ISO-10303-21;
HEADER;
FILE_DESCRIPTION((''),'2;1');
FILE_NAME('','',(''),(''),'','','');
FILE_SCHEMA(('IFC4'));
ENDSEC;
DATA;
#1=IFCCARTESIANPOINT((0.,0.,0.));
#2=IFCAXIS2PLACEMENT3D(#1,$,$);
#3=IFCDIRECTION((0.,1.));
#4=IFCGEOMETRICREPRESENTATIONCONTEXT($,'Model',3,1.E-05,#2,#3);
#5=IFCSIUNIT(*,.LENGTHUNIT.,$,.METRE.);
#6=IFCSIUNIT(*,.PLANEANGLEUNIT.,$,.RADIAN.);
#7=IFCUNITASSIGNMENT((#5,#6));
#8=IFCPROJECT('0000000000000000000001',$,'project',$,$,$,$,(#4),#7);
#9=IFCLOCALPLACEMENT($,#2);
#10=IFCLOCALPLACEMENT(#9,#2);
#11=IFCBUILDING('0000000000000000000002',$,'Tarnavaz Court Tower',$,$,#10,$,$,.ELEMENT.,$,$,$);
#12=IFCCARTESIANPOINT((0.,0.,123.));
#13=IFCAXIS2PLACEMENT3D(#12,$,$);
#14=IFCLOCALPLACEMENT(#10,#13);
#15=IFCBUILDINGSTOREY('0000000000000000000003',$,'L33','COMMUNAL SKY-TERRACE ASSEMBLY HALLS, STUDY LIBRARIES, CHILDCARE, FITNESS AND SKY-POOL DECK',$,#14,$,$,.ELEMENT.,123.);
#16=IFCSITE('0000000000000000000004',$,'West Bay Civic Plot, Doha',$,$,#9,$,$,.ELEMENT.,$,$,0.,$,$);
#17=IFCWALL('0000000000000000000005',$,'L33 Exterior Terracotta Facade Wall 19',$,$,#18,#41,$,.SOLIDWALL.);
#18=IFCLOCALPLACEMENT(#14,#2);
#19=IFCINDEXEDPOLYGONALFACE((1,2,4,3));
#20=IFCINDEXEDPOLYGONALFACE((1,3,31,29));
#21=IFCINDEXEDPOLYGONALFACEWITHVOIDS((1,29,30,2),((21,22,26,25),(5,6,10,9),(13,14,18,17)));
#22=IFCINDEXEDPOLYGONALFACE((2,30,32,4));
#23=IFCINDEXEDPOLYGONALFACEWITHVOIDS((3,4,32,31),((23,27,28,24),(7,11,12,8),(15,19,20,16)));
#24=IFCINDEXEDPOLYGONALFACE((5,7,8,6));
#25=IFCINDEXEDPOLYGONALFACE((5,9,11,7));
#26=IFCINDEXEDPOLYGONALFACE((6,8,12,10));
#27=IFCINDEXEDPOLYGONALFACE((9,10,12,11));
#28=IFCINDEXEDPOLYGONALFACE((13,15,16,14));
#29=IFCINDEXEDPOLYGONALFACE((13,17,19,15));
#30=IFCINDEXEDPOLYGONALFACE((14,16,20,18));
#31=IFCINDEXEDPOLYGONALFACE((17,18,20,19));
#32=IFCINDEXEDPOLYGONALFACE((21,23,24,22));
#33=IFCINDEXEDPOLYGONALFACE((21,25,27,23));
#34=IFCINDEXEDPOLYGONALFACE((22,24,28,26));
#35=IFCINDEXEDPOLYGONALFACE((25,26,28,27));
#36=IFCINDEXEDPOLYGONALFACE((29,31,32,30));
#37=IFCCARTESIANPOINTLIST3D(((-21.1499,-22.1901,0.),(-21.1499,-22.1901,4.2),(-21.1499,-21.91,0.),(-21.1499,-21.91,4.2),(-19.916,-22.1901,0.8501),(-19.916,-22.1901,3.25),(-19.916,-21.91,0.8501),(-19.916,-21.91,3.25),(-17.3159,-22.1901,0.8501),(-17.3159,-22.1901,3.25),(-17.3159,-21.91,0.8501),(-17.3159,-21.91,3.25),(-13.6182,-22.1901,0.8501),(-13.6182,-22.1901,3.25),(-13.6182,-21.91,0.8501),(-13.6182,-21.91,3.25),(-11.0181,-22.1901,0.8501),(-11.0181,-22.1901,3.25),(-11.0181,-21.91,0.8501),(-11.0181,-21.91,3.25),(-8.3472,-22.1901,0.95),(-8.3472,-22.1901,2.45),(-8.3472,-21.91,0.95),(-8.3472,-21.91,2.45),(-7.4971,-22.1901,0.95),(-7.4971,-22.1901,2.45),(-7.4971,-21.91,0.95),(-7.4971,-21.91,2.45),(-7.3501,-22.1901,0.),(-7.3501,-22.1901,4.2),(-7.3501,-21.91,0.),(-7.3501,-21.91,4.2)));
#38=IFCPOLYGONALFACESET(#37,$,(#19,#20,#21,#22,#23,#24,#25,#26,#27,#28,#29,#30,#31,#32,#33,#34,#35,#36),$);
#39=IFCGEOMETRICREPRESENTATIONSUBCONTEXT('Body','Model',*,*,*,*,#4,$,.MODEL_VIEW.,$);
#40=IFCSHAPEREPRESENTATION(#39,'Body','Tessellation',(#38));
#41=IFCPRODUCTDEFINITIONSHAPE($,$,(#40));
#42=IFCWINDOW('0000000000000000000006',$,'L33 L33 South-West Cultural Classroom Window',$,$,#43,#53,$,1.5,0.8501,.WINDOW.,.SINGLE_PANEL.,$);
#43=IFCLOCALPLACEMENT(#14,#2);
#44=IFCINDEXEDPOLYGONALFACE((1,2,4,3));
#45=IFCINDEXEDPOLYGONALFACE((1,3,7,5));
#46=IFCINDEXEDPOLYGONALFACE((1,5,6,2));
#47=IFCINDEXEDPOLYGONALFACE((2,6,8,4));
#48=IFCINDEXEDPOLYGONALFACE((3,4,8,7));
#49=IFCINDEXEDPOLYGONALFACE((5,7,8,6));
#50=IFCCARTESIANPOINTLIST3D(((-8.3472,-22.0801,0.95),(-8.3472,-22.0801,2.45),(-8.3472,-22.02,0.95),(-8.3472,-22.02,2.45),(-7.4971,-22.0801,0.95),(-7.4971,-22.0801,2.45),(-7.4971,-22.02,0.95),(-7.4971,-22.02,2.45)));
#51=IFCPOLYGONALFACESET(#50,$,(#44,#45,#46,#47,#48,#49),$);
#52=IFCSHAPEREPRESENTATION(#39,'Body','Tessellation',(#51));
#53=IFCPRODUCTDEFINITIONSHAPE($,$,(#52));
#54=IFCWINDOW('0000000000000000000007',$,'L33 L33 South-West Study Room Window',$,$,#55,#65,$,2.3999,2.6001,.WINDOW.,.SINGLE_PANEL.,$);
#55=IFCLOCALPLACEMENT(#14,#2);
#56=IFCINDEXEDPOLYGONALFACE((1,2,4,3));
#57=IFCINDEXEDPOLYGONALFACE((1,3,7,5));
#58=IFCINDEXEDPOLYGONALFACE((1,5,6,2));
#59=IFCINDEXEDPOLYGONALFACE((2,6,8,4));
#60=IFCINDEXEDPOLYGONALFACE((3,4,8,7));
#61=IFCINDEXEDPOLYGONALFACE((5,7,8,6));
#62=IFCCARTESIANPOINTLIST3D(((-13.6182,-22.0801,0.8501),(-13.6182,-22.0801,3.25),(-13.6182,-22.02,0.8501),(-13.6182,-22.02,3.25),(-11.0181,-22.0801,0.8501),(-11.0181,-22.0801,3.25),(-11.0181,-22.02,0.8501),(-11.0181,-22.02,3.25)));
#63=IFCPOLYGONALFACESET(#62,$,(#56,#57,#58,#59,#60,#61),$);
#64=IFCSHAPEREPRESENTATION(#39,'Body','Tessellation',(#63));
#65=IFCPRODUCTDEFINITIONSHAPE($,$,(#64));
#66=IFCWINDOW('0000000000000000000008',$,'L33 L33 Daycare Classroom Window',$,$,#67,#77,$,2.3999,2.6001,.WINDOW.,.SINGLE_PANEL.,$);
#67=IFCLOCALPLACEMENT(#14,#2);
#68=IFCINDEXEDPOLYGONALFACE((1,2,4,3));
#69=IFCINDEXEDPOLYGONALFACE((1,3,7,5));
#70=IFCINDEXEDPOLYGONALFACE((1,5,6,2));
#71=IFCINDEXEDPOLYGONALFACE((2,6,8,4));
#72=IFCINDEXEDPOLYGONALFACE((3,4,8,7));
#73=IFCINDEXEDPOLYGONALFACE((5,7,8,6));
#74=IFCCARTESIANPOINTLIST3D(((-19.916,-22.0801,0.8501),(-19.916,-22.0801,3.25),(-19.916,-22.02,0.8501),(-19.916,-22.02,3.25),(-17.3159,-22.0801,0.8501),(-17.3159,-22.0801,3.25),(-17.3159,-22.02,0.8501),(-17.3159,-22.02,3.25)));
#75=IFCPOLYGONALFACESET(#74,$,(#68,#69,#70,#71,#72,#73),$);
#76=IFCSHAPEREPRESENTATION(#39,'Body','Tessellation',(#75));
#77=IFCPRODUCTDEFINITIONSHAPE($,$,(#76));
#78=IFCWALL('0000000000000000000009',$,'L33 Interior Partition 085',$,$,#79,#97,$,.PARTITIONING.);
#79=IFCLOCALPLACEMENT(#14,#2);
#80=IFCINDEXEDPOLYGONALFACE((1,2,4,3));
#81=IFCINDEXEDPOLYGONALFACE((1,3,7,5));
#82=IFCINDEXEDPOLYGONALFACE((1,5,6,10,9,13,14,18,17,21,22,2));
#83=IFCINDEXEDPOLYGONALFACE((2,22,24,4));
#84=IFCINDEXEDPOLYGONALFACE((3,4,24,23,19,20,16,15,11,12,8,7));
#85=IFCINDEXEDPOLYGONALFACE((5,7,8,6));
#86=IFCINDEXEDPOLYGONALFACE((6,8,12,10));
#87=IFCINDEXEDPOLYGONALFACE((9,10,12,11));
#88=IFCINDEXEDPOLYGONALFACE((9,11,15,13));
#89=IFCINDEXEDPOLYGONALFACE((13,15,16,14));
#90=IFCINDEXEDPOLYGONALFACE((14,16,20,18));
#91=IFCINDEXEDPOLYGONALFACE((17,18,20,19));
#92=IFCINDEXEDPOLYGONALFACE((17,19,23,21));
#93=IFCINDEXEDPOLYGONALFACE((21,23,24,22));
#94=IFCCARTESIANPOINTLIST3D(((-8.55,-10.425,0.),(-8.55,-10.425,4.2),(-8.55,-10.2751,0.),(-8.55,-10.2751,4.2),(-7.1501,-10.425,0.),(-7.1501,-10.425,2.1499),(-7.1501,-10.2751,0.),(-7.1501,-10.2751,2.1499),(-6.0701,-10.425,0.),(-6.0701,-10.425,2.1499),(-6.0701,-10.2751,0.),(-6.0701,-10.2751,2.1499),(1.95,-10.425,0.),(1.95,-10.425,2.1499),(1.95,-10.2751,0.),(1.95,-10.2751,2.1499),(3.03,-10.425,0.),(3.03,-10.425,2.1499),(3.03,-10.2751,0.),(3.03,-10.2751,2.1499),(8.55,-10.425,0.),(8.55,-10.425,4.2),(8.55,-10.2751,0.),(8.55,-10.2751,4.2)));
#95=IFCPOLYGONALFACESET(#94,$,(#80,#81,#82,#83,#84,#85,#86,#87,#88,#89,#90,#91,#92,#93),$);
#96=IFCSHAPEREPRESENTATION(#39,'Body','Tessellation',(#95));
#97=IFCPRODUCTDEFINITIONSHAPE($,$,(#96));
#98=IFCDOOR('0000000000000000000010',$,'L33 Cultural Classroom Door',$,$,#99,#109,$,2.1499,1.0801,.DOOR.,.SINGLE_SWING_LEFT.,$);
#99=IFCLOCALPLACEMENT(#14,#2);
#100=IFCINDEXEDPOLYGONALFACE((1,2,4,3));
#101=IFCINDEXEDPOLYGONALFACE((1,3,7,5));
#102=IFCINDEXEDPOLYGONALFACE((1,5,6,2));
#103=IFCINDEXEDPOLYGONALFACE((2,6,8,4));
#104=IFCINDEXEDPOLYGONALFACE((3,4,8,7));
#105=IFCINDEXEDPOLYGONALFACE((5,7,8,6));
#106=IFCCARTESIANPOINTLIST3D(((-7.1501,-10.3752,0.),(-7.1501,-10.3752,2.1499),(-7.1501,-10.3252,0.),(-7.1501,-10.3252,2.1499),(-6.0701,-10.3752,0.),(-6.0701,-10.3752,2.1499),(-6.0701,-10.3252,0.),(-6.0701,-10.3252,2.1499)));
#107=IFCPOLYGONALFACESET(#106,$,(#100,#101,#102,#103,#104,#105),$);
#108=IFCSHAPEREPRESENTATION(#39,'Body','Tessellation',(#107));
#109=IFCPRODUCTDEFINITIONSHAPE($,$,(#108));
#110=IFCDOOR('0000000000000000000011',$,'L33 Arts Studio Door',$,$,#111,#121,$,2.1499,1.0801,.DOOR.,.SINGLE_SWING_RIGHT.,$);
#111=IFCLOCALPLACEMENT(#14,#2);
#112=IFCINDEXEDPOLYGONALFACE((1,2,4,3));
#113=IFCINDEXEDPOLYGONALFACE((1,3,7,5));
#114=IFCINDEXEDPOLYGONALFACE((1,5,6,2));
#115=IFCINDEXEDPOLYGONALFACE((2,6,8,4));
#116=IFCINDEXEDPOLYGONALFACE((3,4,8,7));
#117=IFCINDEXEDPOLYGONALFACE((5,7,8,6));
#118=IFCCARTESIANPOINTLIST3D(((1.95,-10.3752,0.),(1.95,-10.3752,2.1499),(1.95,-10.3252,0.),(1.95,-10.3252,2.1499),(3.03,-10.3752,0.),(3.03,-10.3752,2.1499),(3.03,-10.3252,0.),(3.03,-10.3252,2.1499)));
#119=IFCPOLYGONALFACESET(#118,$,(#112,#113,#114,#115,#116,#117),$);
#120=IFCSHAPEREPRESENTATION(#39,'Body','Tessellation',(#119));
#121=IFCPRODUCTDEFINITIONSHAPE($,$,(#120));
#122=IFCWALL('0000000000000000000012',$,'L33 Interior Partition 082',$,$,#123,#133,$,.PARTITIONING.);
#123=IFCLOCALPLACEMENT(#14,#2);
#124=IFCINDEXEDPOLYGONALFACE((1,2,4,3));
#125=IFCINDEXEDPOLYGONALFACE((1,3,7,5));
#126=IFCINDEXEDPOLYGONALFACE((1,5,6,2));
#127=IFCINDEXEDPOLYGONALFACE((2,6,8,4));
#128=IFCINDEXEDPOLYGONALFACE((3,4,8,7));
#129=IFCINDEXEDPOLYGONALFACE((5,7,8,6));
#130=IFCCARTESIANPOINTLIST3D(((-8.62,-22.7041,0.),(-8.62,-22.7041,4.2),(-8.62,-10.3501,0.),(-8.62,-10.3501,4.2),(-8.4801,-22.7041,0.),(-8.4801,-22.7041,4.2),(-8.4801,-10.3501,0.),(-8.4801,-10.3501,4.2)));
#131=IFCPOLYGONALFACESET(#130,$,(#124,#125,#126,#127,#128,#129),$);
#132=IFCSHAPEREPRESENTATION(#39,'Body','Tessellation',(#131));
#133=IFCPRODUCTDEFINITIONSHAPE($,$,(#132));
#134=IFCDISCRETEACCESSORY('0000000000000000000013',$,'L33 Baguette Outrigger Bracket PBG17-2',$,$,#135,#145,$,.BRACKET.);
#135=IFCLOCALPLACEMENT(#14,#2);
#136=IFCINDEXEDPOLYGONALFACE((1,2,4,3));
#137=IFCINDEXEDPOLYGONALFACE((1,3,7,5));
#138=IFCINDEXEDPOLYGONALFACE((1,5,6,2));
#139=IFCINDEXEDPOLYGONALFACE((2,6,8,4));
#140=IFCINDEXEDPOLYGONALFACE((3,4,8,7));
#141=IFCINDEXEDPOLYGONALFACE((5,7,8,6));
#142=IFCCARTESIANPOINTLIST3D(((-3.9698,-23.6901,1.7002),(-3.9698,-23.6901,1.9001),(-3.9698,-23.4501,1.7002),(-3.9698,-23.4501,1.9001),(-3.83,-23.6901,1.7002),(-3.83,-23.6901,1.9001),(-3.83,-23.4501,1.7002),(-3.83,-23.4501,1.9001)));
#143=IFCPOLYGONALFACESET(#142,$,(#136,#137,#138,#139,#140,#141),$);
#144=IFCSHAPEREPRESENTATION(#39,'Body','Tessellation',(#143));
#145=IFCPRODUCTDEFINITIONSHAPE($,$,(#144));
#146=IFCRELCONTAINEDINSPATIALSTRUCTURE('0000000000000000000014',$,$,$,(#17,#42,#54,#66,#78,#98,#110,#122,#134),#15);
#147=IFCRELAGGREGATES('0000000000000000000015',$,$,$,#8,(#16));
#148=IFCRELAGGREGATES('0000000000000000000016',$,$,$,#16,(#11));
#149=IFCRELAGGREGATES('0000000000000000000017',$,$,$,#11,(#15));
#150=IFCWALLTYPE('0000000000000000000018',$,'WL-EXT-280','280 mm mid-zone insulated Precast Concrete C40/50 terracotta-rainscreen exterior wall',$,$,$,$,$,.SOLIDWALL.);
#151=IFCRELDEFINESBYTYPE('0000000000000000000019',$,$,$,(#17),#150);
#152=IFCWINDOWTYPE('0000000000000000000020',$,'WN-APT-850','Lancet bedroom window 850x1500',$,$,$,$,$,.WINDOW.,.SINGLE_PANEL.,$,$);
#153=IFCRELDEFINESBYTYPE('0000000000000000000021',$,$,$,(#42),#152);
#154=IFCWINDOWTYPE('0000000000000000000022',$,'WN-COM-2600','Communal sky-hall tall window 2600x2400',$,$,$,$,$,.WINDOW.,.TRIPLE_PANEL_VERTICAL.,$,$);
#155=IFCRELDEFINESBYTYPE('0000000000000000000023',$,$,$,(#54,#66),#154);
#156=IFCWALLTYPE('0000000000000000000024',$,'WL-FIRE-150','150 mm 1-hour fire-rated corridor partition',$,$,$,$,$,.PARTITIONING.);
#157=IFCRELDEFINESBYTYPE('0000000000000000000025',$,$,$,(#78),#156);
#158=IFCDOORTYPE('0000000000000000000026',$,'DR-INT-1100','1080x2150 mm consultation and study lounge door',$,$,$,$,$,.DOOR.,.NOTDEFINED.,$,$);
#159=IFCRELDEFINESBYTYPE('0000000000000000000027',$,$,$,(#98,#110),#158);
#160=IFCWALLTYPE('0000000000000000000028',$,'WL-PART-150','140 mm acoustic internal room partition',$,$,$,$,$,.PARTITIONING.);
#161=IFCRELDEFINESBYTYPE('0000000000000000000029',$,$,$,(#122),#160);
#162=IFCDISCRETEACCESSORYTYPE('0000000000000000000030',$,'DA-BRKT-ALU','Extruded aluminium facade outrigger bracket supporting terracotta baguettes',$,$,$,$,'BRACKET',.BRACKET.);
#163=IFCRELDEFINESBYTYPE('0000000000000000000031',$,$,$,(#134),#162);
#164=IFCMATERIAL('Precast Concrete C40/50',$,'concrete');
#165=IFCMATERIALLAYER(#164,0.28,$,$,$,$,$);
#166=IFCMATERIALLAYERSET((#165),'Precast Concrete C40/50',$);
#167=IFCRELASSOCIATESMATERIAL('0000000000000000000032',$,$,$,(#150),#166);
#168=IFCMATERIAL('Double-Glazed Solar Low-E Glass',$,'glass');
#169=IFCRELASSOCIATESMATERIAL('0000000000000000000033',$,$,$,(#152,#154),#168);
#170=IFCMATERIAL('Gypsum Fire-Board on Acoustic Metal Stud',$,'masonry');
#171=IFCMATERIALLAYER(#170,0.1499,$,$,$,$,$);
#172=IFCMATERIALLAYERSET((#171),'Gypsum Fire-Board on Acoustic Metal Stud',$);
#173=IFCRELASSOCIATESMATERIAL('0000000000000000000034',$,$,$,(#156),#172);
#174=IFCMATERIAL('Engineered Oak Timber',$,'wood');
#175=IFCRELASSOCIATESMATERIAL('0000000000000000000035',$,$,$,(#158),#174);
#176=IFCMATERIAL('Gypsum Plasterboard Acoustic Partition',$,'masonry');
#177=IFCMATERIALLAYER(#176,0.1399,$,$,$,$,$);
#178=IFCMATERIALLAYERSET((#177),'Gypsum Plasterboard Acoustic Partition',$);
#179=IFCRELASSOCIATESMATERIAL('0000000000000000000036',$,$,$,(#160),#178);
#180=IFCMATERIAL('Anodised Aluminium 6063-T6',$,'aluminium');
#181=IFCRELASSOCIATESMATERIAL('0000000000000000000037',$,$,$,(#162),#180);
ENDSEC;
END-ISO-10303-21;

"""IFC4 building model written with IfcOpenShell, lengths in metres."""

from ifc_helpers import new_model, si_unit, direction, frame, frame_2d, origin, origin_2d, place, context, subcontext, project, spatial, rectangle, extrude, material, layer, layer_set, type_object, element, fill, save


model = new_model("IFC4")

# Units and contexts
model_context = context("Model", 3, precision=1e-05, world=origin(), true_north=direction((0.0, 1.0)))
body_context = subcontext(model_context, "Body", "Model", "MODEL_VIEW")
ifc_project = project(units=[si_unit("LENGTHUNIT", "METRE"), si_unit("PLANEANGLEUNIT", "RADIAN")], contexts=[model_context])

# Site, building, storey
site_placement = place(None, origin())
site = spatial("IfcSite", under=ifc_project, at=site_placement, Name="West Bay Civic Plot, Doha", CompositionType="ELEMENT", RefElevation=0.0)
building_placement = place(site_placement, origin())
building = spatial("IfcBuilding", under=site, at=building_placement, Name="Tarnavaz Court Tower", CompositionType="ELEMENT")
storey_placement = place(building_placement, frame((0.0, 0.0, 123.0)))
storey = spatial("IfcBuildingStorey", under=building, at=storey_placement, Name="L33", Description="COMMUNAL SKY-TERRACE ASSEMBLY HALLS, STUDY LIBRARIES, CHILDCARE, FITNESS AND SKY-POOL DECK", CompositionType="ELEMENT", Elevation=123.0)

# Shared definitions
ifc_material_1 = material(Name="Anodised Aluminium 6063-T6", Category="aluminium")
ifc_material_2 = material(Name="Double-Glazed Solar Low-E Glass", Category="glass")

# Shared definitions
ifc_material_3 = material(Name="Precast Concrete C40/50", Category="concrete")
ifc_layer_1 = layer(ifc_material_3, 0.28)
ifc_layer_set_1 = layer_set([ifc_layer_1], Name="Precast Concrete C40/50")
wall_type_1 = type_object("IfcWallType", Name="WL-EXT-280", Description="280 mm mid-zone insulated Precast Concrete C40/50 terracotta-rainscreen exterior wall", PredefinedType="SOLIDWALL", material=ifc_layer_set_1)

# Wall, openings, windows
wall_1_placement = place(storey_placement, frame((-7.3501, -22.05, 0.0), z_axis=(0.0, 0.0, 1.0), x_axis=(-1.0, 0.0, 0.0)))
wall_1 = element("IfcWall", 1, at=wall_1_placement, inside=storey, type_object=wall_type_1, Name="L33 Exterior Terracotta Facade Wall 19", PredefinedType="SOLIDWALL", context=body_context, shape_type="SweptSolid", body=[
    extrude(rectangle(XDim=13.7998, YDim=0.28, at=frame_2d((6.8999, 0.0))), origin(), (0.0, 0.0, 1.0), 4.2),
])
opening_1_placement = place(wall_1_placement, frame((0.147, 0.0, 0.95)))
opening_1 = element("IfcOpeningElement", 2, at=opening_1_placement, cuts=wall_1, PredefinedType="OPENING", context=body_context, shape_type="SweptSolid", body=[
    extrude(rectangle(XDim=0.8501, YDim=1.5, at=frame_2d((0.425, 0.75))), frame((0.0, 0.1499, 0.0), z_axis=(0.0, -1.0, 0.0), x_axis=(1.0, 0.0, 0.0)), (0.0, 0.0, 1.0), 0.3),
])
opening_2_placement = place(wall_1_placement, frame((3.668, 0.0, 0.8501)))
opening_2 = element("IfcOpeningElement", 3, at=opening_2_placement, cuts=wall_1, PredefinedType="OPENING", context=body_context, shape_type="SweptSolid", body=[
    extrude(rectangle(XDim=2.6001, YDim=2.3999, at=frame_2d((1.3, 1.2))), frame((0.0, 0.1499, 0.0), z_axis=(0.0, -1.0, 0.0), x_axis=(1.0, 0.0, 0.0)), (0.0, 0.0, 1.0), 0.3),
])
opening_3_placement = place(wall_1_placement, frame((9.9658, 0.0, 0.8501)))
opening_3 = element("IfcOpeningElement", 4, at=opening_3_placement, cuts=wall_1, PredefinedType="OPENING", context=body_context, shape_type="SweptSolid", body=[
    extrude(rectangle(XDim=2.6001, YDim=2.3999, at=frame_2d((1.3, 1.2))), frame((0.0, 0.1499, 0.0), z_axis=(0.0, -1.0, 0.0), x_axis=(1.0, 0.0, 0.0)), (0.0, 0.0, 1.0), 0.3),
])
window_type_1 = type_object("IfcWindowType", Name="WN-APT-850", Description="Lancet bedroom window 850x1500", PartitioningType="SINGLE_PANEL", PredefinedType="WINDOW", material=ifc_material_2)
window_1_placement = place(opening_1_placement, origin())
window_1 = element("IfcWindow", 5, at=window_1_placement, inside=storey, type_object=window_type_1, Name="L33 L33 South-West Cultural Classroom Window", OverallHeight=1.5, OverallWidth=0.8501, PartitioningType="SINGLE_PANEL", PredefinedType="WINDOW", context=body_context, shape_type="SweptSolid", body=[
    extrude(rectangle(XDim=0.8501, YDim=1.5, at=frame_2d((0.425, 0.75))), frame((0.0, 0.03, 0.0), z_axis=(0.0, -1.0, 0.0), x_axis=(1.0, 0.0, 0.0)), (0.0, 0.0, 1.0), 0.0601),
])
fill(opening_1, window_1)
window_type_2 = type_object("IfcWindowType", Name="WN-COM-2600", Description="Communal sky-hall tall window 2600x2400", PartitioningType="TRIPLE_PANEL_VERTICAL", PredefinedType="WINDOW", material=ifc_material_2)
window_2_placement = place(opening_2_placement, origin())
window_2 = element("IfcWindow", 6, at=window_2_placement, inside=storey, type_object=window_type_2, Name="L33 L33 South-West Study Room Window", OverallHeight=2.3999, OverallWidth=2.6001, PartitioningType="SINGLE_PANEL", PredefinedType="WINDOW", context=body_context, shape_type="SweptSolid", body=[
    extrude(rectangle(XDim=2.6001, YDim=2.3999, at=frame_2d((1.3, 1.2))), frame((0.0, 0.03, 0.0), z_axis=(0.0, -1.0, 0.0), x_axis=(1.0, 0.0, 0.0)), (0.0, 0.0, 1.0), 0.0601),
])
fill(opening_2, window_2)
window_3_placement = place(opening_3_placement, origin())
window_3 = element("IfcWindow", 7, at=window_3_placement, inside=storey, type_object=window_type_2, Name="L33 L33 Daycare Classroom Window", OverallHeight=2.3999, OverallWidth=2.6001, PartitioningType="SINGLE_PANEL", PredefinedType="WINDOW", context=body_context, shape_type="SweptSolid", body=[
    extrude(rectangle(XDim=2.6001, YDim=2.3999, at=frame_2d((1.3, 1.2))), frame((0.0, 0.03, 0.0), z_axis=(0.0, -1.0, 0.0), x_axis=(1.0, 0.0, 0.0)), (0.0, 0.0, 1.0), 0.0601),
])
fill(opening_3, window_3)

# Wall, openings, doors
ifc_material_4 = material(Name="Gypsum Fire-Board on Acoustic Metal Stud", Category="masonry")
ifc_layer_2 = layer(ifc_material_4, 0.1499)
ifc_layer_set_2 = layer_set([ifc_layer_2], Name="Gypsum Fire-Board on Acoustic Metal Stud")
wall_type_2 = type_object("IfcWallType", Name="WL-FIRE-150", Description="150 mm 1-hour fire-rated corridor partition", PredefinedType="PARTITIONING", material=ifc_layer_set_2)
wall_2_placement = place(storey_placement, frame((-8.55, -10.3501, 0.0), z_axis=(0.0, 0.0, 1.0), x_axis=(1.0, 0.0, 0.0)))
wall_2 = element("IfcWall", 8, at=wall_2_placement, inside=storey, type_object=wall_type_2, Name="L33 Interior Partition 085", PredefinedType="PARTITIONING", context=body_context, shape_type="SweptSolid", body=[
    extrude(rectangle(XDim=17.1001, YDim=0.1499, at=frame_2d((8.55, 0.0))), origin(), (0.0, 0.0, 1.0), 4.2),
])
opening_4_placement = place(wall_2_placement, frame((1.3999, 0.0, 0.0)))
opening_4 = element("IfcOpeningElement", 9, at=opening_4_placement, cuts=wall_2, PredefinedType="OPENING", context=body_context, shape_type="SweptSolid", body=[
    extrude(rectangle(XDim=1.0801, YDim=2.1499, at=frame_2d((0.54, 1.075))), frame((0.0, 0.085, 0.0), z_axis=(0.0, -1.0, 0.0), x_axis=(1.0, 0.0, 0.0)), (0.0, 0.0, 1.0), 0.1699),
])
opening_5_placement = place(wall_2_placement, frame((10.5, 0.0, 0.0)))
opening_5 = element("IfcOpeningElement", 10, at=opening_5_placement, cuts=wall_2, PredefinedType="OPENING", context=body_context, shape_type="SweptSolid", body=[
    extrude(rectangle(XDim=1.0801, YDim=2.1499, at=frame_2d((0.54, 1.075))), frame((0.0, 0.085, 0.0), z_axis=(0.0, -1.0, 0.0), x_axis=(1.0, 0.0, 0.0)), (0.0, 0.0, 1.0), 0.1699),
])
ifc_material_5 = material(Name="Engineered Oak Timber", Category="wood")
door_type = type_object("IfcDoorType", Name="DR-INT-1100", Description="1080x2150 mm consultation and study lounge door", OperationType="NOTDEFINED", PredefinedType="DOOR", material=ifc_material_5)
door_1_placement = place(opening_4_placement, origin())
door_1 = element("IfcDoor", 11, at=door_1_placement, inside=storey, type_object=door_type, Name="L33 Cultural Classroom Door", OperationType="SINGLE_SWING_LEFT", OverallHeight=2.1499, OverallWidth=1.0801, PredefinedType="DOOR", context=body_context, shape_type="SweptSolid", body=[
    extrude(rectangle(XDim=1.0801, YDim=2.1499, at=frame_2d((0.54, 1.075))), frame((0.0, 0.0249, 0.0), z_axis=(0.0, -1.0, 0.0), x_axis=(1.0, 0.0, 0.0)), (0.0, 0.0, 1.0), 0.05),
])
fill(opening_4, door_1)
door_2_placement = place(opening_5_placement, origin())
door_2 = element("IfcDoor", 12, at=door_2_placement, inside=storey, type_object=door_type, Name="L33 Arts Studio Door", OperationType="SINGLE_SWING_RIGHT", OverallHeight=2.1499, OverallWidth=1.0801, PredefinedType="DOOR", context=body_context, shape_type="SweptSolid", body=[
    extrude(rectangle(XDim=1.0801, YDim=2.1499, at=frame_2d((0.54, 1.075))), frame((0.0, 0.0249, 0.0), z_axis=(0.0, -1.0, 0.0), x_axis=(1.0, 0.0, 0.0)), (0.0, 0.0, 1.0), 0.05),
])
fill(opening_5, door_2)

# Wall
ifc_material_6 = material(Name="Gypsum Plasterboard Acoustic Partition", Category="masonry")
ifc_layer_3 = layer(ifc_material_6, 0.1399)
ifc_layer_set_3 = layer_set([ifc_layer_3], Name="Gypsum Plasterboard Acoustic Partition")
wall_type_3 = type_object("IfcWallType", Name="WL-PART-150", Description="140 mm acoustic internal room partition", PredefinedType="PARTITIONING", material=ifc_layer_set_3)
wall_3_placement = place(storey_placement, frame((-8.55, -22.7041, 0.0), z_axis=(0.0, 0.0, 1.0), x_axis=(0.0, 1.0, 0.0)))
element("IfcWall", 13, at=wall_3_placement, inside=storey, type_object=wall_type_3, Name="L33 Interior Partition 082", PredefinedType="PARTITIONING", context=body_context, shape_type="SweptSolid", body=[
    extrude(rectangle(XDim=12.354, YDim=0.1399, at=frame_2d((6.177, 0.0))), origin(), (0.0, 0.0, 1.0), 4.2),
])

# Discrete accessory
discrete_accessory_type = type_object("IfcDiscreteAccessoryType", Name="DA-BRKT-ALU", Description="Extruded aluminium facade outrigger bracket supporting terracotta baguettes", ElementType="BRACKET", PredefinedType="BRACKET", material=ifc_material_1)
discrete_accessory_placement = place(storey_placement, frame((-3.8999, -23.5701, 1.7002), z_axis=(0.0, 0.0, 1.0), x_axis=(-1.0, 0.0, 0.0)))
element("IfcDiscreteAccessory", 14, at=discrete_accessory_placement, inside=storey, type_object=discrete_accessory_type, Name="L33 Baguette Outrigger Bracket PBG17-2", PredefinedType="BRACKET", context=body_context, shape_type="SweptSolid", body=[
    extrude(rectangle(XDim=0.1399, YDim=0.24, at=origin_2d()), origin(), (0.0, 0.0, 1.0), 0.2),
])

save(model, "model.ifc")
